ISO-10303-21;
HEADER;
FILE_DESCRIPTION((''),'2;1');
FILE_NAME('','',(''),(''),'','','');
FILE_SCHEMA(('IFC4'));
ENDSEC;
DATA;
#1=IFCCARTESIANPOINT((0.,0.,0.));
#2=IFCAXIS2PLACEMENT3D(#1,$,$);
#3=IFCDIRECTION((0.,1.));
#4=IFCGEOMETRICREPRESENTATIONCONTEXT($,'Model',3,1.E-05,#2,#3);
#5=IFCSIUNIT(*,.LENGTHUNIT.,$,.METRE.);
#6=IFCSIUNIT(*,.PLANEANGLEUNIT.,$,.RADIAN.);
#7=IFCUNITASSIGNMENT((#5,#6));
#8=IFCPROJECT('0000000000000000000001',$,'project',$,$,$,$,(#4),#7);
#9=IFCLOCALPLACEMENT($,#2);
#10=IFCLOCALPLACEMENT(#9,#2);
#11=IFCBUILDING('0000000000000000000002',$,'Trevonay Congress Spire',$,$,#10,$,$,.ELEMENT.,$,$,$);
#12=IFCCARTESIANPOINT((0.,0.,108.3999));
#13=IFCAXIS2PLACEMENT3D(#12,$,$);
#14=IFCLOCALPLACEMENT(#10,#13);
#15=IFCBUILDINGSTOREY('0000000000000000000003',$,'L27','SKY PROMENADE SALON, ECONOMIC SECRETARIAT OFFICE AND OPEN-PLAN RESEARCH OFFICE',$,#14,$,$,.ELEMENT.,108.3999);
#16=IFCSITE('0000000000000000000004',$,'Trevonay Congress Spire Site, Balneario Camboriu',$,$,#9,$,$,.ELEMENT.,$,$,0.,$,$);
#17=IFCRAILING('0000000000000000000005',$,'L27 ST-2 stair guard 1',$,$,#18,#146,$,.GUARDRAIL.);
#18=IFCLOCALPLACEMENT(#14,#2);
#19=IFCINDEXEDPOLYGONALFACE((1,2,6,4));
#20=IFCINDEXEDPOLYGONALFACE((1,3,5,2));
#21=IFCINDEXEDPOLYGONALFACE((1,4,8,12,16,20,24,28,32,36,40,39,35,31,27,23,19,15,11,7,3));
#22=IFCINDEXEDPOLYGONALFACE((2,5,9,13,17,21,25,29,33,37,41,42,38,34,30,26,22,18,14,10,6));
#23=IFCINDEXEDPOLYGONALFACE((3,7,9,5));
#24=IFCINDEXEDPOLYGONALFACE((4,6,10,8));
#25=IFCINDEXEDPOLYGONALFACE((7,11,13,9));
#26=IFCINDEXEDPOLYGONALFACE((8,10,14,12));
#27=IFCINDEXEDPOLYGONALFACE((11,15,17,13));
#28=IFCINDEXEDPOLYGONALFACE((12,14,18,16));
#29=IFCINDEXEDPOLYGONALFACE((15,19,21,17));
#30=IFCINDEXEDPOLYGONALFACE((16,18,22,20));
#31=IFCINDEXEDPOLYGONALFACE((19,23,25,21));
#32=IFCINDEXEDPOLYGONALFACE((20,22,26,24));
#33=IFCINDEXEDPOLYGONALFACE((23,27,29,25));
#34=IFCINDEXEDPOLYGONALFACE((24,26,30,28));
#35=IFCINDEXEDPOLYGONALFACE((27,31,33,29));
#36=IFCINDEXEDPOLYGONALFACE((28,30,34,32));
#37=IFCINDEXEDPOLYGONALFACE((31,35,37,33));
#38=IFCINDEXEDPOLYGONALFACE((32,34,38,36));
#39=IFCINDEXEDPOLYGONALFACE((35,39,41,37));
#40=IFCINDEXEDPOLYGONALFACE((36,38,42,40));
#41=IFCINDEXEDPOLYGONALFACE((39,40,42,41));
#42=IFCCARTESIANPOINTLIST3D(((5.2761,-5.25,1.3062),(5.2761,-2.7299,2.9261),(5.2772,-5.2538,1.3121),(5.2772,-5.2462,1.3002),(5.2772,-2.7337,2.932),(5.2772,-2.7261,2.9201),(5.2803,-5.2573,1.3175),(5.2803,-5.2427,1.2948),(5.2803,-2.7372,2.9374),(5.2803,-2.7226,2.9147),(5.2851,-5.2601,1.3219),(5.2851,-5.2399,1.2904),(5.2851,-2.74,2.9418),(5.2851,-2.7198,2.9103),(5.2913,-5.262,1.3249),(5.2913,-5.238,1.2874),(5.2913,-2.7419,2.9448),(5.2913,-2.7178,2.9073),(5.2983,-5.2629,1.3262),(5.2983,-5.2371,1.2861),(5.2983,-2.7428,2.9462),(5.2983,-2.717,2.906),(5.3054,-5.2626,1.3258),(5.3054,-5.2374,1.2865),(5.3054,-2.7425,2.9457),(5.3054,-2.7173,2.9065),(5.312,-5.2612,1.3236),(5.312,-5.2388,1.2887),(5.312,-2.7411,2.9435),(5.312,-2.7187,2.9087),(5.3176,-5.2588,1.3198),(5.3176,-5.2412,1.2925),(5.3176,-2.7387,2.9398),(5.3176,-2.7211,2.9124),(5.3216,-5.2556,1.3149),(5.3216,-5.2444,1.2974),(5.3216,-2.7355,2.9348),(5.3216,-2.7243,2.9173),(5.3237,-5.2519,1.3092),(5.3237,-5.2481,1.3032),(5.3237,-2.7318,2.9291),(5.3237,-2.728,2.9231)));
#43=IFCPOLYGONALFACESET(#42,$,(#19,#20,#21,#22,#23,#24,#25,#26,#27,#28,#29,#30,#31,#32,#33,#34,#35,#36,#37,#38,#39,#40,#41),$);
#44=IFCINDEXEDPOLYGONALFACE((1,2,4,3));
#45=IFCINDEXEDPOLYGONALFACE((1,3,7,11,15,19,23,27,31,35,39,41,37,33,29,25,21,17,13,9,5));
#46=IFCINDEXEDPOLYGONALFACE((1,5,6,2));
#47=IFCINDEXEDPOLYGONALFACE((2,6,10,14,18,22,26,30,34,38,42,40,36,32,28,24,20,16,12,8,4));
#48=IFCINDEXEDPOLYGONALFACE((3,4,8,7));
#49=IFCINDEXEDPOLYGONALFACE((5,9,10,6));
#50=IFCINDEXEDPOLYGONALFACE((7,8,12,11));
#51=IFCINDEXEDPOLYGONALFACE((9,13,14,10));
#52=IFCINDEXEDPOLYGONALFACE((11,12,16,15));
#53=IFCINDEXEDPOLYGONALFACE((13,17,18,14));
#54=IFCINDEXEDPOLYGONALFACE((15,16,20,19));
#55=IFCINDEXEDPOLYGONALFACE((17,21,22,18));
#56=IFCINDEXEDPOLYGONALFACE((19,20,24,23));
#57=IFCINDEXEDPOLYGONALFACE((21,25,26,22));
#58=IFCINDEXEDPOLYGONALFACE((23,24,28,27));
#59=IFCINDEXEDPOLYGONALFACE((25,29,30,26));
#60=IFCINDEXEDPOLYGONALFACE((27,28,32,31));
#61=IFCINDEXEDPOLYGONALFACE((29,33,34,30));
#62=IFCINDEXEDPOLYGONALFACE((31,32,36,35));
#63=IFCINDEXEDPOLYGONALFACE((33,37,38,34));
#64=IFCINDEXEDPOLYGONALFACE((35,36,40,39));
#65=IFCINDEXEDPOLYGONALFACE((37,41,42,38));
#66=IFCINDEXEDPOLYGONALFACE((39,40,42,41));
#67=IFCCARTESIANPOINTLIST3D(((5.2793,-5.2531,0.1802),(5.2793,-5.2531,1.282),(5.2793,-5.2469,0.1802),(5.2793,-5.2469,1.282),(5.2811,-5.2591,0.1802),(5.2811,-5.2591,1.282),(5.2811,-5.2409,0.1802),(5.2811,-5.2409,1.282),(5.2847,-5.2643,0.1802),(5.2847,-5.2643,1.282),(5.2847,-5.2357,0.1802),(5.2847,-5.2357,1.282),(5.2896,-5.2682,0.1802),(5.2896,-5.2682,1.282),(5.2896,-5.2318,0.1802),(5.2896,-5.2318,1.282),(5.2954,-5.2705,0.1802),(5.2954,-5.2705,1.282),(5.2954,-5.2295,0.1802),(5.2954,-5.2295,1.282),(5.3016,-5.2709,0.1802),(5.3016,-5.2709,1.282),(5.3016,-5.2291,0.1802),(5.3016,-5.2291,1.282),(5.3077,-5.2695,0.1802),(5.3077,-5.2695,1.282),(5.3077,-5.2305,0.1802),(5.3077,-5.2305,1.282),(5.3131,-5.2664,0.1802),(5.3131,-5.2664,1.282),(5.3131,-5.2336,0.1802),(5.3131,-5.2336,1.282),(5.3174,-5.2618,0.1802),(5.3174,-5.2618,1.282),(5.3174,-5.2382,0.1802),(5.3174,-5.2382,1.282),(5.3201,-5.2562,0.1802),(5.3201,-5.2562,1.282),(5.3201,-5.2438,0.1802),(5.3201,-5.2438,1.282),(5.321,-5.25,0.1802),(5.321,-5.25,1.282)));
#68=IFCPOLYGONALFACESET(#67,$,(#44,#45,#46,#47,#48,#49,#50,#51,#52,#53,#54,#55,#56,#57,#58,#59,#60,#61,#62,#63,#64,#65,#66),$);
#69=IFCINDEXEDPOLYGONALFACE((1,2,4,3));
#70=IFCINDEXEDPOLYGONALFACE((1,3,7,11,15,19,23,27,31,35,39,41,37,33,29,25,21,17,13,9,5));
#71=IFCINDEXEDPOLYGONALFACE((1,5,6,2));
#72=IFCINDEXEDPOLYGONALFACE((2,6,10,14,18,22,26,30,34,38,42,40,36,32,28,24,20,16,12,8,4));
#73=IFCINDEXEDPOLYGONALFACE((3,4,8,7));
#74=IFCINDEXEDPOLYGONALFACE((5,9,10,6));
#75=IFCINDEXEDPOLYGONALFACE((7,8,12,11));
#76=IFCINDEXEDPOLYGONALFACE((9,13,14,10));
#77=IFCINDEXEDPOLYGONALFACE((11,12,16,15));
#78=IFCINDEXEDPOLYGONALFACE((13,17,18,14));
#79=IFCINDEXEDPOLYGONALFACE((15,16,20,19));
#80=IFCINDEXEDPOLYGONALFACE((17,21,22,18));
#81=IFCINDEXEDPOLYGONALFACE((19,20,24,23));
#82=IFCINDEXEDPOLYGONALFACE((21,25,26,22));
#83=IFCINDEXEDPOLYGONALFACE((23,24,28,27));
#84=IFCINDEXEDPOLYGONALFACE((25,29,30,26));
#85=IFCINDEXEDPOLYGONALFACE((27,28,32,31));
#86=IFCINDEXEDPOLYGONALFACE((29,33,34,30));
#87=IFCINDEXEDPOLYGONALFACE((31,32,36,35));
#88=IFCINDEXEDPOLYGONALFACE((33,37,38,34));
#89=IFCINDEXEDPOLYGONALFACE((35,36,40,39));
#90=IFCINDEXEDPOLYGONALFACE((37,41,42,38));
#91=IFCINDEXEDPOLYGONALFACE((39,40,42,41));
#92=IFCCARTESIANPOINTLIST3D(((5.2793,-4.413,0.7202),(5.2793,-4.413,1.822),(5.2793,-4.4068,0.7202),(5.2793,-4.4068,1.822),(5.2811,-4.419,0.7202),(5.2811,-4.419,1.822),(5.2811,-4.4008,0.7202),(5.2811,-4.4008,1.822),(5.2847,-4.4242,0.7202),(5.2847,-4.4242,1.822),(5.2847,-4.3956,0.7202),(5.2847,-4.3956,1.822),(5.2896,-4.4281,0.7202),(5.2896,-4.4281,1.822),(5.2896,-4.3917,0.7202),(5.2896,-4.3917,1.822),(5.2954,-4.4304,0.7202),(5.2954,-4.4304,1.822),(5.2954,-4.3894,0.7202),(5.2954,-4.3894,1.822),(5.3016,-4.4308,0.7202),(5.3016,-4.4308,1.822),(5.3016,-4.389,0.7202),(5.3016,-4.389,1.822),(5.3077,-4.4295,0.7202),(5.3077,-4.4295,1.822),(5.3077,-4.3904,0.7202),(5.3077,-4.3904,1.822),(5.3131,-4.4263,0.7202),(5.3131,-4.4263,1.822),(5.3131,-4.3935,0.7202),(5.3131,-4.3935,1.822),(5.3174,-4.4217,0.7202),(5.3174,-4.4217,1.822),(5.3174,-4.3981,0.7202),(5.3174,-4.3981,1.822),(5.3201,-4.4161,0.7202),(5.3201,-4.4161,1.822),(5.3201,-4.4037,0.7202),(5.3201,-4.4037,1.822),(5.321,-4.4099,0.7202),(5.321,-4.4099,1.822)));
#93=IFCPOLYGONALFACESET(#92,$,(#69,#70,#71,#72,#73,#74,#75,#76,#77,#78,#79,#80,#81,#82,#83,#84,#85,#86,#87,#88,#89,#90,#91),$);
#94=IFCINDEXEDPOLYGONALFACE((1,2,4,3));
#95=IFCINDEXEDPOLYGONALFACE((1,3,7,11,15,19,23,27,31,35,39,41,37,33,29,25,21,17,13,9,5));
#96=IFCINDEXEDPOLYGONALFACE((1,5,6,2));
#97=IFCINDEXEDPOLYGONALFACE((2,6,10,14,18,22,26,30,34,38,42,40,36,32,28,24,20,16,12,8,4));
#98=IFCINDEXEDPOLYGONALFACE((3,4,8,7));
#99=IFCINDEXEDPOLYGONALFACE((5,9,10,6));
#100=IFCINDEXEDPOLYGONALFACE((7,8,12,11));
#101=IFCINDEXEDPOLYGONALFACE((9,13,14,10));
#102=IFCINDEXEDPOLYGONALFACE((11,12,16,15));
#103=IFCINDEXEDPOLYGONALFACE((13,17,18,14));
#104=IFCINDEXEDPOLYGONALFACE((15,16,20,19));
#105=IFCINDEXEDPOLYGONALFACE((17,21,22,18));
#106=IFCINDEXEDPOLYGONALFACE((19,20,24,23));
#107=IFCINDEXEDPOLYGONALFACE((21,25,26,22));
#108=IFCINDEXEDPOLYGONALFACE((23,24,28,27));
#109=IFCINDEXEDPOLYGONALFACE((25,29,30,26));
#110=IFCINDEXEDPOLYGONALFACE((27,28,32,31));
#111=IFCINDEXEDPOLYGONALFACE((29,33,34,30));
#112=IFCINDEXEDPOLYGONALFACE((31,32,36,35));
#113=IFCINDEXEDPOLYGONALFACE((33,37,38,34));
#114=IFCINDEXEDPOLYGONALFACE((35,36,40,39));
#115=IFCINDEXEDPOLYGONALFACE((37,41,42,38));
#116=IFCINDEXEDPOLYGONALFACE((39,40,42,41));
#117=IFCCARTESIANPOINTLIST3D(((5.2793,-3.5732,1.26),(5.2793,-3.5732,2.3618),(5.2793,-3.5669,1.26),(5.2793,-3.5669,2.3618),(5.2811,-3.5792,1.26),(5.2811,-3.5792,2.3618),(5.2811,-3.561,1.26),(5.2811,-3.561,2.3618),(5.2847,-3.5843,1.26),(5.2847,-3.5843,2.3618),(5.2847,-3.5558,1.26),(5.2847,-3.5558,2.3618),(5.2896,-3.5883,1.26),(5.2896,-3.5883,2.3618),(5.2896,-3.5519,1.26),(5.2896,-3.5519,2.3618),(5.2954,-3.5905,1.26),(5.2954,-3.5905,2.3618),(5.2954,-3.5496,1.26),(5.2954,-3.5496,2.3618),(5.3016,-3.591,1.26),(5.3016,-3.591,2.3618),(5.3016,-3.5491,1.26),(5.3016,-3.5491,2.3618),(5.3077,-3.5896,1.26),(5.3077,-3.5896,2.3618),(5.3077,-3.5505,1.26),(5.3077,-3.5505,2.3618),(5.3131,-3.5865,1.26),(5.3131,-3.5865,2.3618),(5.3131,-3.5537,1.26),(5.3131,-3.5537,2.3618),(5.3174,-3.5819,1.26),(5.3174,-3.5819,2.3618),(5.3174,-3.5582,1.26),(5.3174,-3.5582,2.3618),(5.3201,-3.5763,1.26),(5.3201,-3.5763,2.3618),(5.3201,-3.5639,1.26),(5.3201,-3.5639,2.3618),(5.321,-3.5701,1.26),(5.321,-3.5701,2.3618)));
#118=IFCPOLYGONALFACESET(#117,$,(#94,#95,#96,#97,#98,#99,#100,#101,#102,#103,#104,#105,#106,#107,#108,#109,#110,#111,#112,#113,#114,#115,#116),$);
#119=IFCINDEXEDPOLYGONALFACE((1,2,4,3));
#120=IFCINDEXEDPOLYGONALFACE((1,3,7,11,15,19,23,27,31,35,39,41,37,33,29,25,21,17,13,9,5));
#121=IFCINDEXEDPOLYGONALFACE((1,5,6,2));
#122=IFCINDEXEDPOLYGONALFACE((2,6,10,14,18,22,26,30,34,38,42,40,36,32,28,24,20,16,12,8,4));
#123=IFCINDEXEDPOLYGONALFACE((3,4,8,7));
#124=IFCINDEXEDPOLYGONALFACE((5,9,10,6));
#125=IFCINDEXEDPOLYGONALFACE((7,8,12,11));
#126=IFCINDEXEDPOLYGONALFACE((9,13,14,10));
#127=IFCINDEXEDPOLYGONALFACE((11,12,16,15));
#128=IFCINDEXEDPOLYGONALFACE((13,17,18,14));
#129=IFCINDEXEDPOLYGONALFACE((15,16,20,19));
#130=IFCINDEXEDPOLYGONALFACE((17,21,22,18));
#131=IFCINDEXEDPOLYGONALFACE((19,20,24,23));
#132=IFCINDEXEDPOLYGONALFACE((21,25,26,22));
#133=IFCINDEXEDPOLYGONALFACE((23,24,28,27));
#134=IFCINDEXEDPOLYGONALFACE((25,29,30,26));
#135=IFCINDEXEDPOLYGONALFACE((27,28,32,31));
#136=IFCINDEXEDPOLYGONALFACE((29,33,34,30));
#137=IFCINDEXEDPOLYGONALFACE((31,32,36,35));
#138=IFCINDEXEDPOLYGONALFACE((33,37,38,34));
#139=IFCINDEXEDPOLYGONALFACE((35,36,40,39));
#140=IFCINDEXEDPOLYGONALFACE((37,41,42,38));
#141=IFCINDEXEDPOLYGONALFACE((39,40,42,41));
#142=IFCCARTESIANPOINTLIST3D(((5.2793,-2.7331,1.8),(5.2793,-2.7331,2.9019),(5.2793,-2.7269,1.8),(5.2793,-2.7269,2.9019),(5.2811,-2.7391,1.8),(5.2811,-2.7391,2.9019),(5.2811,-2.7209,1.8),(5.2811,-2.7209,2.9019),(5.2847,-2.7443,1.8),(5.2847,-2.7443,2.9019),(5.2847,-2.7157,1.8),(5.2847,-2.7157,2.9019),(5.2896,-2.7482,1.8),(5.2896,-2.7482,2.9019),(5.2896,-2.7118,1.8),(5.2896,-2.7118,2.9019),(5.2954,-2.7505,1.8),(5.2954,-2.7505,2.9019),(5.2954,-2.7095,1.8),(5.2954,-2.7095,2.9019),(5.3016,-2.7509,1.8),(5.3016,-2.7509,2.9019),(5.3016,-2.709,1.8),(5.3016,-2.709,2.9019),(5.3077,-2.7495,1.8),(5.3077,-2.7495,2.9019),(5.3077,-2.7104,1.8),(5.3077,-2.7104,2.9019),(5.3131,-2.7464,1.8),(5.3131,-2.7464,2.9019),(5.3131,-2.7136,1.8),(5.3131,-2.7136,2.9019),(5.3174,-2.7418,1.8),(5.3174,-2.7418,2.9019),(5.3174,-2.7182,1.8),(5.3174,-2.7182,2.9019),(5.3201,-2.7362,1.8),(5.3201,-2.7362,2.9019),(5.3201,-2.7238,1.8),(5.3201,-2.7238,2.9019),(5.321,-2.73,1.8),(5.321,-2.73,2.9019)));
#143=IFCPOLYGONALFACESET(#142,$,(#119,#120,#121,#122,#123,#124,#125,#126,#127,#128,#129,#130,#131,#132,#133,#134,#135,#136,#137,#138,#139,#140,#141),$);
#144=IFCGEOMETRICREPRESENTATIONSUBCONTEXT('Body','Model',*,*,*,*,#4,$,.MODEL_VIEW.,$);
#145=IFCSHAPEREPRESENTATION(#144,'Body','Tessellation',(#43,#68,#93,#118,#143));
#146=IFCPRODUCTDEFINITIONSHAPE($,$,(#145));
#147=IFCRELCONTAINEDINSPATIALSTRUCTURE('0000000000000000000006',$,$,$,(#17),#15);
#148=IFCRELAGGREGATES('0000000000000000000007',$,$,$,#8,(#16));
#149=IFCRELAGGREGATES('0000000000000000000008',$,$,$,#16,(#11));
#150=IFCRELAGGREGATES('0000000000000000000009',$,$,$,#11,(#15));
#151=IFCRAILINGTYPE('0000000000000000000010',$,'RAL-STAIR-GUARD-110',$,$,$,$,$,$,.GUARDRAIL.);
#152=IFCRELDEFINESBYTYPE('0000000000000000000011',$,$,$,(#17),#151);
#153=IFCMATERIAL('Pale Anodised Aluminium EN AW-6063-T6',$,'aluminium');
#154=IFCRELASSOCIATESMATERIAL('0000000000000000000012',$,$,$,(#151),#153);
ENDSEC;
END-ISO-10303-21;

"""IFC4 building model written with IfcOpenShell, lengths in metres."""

from ifc_helpers import new_model, si_unit, direction, frame, origin, origin_2d, place, context, subcontext, project, spatial, circle, extrude, material, type_object, element, save


model = new_model("IFC4")

# Units and contexts
model_context = context("Model", 3, precision=1e-05, world=origin(), true_north=direction((0.0, 1.0)))
body_context = subcontext(model_context, "Body", "Model", "MODEL_VIEW")
ifc_project = project(units=[si_unit("LENGTHUNIT", "METRE"), si_unit("PLANEANGLEUNIT", "RADIAN")], contexts=[model_context])

# Site, building, storey
site_placement = place(None, origin())
site = spatial("IfcSite", under=ifc_project, at=site_placement, Name="Trevonay Congress Spire Site, Balneario Camboriu", CompositionType="ELEMENT", RefElevation=0.0)
building_placement = place(site_placement, origin())
building = spatial("IfcBuilding", under=site, at=building_placement, Name="Trevonay Congress Spire", CompositionType="ELEMENT")
storey_placement = place(building_placement, frame((0.0, 0.0, 108.3999)))
storey = spatial("IfcBuildingStorey", under=building, at=storey_placement, Name="L27", Description="SKY PROMENADE SALON, ECONOMIC SECRETARIAT OFFICE AND OPEN-PLAN RESEARCH OFFICE", CompositionType="ELEMENT", Elevation=108.3999)

# Shared definitions
ifc_material_1 = material(Name="Pale Anodised Aluminium EN AW-6063-T6", Category="aluminium")

# Railing
railing_type_1 = type_object("IfcRailingType", Name="RAL-STAIR-GUARD-110", PredefinedType="GUARDRAIL", material=ifc_material_1)
railing_1_placement = place(storey_placement, frame((5.3, -5.25, 0.1802)))
element("IfcRailing", 1, at=railing_1_placement, inside=storey, type_object=railing_type_1, Name="L27 ST-2 stair guard 1", PredefinedType="GUARDRAIL", context=body_context, shape_type="SweptSolid", body=[
    extrude(circle(Radius=0.0239, at=origin_2d()), frame((0.0, 0.0, 1.126), z_axis=(0.0, 0.8412, 0.540725), x_axis=(-1.0, 0.0, 0.0)), (0.0, 0.0, 1.0), 2.9958),
    extrude(circle(Radius=0.021, at=origin_2d()), origin(), (0.0, 0.0, 1.0), 1.1018),
    extrude(circle(Radius=0.021, at=origin_2d()), frame((0.0, 0.8401, 0.54)), (0.0, 0.0, 1.0), 1.1018),
    extrude(circle(Radius=0.021, at=origin_2d()), frame((0.0, 1.6799, 1.0798)), (0.0, 0.0, 1.0), 1.1018),
    extrude(circle(Radius=0.021, at=origin_2d()), frame((0.0, 2.52, 1.6199)), (0.0, 0.0, 1.0), 1.1018),
])

save(model, "model.ifc")
